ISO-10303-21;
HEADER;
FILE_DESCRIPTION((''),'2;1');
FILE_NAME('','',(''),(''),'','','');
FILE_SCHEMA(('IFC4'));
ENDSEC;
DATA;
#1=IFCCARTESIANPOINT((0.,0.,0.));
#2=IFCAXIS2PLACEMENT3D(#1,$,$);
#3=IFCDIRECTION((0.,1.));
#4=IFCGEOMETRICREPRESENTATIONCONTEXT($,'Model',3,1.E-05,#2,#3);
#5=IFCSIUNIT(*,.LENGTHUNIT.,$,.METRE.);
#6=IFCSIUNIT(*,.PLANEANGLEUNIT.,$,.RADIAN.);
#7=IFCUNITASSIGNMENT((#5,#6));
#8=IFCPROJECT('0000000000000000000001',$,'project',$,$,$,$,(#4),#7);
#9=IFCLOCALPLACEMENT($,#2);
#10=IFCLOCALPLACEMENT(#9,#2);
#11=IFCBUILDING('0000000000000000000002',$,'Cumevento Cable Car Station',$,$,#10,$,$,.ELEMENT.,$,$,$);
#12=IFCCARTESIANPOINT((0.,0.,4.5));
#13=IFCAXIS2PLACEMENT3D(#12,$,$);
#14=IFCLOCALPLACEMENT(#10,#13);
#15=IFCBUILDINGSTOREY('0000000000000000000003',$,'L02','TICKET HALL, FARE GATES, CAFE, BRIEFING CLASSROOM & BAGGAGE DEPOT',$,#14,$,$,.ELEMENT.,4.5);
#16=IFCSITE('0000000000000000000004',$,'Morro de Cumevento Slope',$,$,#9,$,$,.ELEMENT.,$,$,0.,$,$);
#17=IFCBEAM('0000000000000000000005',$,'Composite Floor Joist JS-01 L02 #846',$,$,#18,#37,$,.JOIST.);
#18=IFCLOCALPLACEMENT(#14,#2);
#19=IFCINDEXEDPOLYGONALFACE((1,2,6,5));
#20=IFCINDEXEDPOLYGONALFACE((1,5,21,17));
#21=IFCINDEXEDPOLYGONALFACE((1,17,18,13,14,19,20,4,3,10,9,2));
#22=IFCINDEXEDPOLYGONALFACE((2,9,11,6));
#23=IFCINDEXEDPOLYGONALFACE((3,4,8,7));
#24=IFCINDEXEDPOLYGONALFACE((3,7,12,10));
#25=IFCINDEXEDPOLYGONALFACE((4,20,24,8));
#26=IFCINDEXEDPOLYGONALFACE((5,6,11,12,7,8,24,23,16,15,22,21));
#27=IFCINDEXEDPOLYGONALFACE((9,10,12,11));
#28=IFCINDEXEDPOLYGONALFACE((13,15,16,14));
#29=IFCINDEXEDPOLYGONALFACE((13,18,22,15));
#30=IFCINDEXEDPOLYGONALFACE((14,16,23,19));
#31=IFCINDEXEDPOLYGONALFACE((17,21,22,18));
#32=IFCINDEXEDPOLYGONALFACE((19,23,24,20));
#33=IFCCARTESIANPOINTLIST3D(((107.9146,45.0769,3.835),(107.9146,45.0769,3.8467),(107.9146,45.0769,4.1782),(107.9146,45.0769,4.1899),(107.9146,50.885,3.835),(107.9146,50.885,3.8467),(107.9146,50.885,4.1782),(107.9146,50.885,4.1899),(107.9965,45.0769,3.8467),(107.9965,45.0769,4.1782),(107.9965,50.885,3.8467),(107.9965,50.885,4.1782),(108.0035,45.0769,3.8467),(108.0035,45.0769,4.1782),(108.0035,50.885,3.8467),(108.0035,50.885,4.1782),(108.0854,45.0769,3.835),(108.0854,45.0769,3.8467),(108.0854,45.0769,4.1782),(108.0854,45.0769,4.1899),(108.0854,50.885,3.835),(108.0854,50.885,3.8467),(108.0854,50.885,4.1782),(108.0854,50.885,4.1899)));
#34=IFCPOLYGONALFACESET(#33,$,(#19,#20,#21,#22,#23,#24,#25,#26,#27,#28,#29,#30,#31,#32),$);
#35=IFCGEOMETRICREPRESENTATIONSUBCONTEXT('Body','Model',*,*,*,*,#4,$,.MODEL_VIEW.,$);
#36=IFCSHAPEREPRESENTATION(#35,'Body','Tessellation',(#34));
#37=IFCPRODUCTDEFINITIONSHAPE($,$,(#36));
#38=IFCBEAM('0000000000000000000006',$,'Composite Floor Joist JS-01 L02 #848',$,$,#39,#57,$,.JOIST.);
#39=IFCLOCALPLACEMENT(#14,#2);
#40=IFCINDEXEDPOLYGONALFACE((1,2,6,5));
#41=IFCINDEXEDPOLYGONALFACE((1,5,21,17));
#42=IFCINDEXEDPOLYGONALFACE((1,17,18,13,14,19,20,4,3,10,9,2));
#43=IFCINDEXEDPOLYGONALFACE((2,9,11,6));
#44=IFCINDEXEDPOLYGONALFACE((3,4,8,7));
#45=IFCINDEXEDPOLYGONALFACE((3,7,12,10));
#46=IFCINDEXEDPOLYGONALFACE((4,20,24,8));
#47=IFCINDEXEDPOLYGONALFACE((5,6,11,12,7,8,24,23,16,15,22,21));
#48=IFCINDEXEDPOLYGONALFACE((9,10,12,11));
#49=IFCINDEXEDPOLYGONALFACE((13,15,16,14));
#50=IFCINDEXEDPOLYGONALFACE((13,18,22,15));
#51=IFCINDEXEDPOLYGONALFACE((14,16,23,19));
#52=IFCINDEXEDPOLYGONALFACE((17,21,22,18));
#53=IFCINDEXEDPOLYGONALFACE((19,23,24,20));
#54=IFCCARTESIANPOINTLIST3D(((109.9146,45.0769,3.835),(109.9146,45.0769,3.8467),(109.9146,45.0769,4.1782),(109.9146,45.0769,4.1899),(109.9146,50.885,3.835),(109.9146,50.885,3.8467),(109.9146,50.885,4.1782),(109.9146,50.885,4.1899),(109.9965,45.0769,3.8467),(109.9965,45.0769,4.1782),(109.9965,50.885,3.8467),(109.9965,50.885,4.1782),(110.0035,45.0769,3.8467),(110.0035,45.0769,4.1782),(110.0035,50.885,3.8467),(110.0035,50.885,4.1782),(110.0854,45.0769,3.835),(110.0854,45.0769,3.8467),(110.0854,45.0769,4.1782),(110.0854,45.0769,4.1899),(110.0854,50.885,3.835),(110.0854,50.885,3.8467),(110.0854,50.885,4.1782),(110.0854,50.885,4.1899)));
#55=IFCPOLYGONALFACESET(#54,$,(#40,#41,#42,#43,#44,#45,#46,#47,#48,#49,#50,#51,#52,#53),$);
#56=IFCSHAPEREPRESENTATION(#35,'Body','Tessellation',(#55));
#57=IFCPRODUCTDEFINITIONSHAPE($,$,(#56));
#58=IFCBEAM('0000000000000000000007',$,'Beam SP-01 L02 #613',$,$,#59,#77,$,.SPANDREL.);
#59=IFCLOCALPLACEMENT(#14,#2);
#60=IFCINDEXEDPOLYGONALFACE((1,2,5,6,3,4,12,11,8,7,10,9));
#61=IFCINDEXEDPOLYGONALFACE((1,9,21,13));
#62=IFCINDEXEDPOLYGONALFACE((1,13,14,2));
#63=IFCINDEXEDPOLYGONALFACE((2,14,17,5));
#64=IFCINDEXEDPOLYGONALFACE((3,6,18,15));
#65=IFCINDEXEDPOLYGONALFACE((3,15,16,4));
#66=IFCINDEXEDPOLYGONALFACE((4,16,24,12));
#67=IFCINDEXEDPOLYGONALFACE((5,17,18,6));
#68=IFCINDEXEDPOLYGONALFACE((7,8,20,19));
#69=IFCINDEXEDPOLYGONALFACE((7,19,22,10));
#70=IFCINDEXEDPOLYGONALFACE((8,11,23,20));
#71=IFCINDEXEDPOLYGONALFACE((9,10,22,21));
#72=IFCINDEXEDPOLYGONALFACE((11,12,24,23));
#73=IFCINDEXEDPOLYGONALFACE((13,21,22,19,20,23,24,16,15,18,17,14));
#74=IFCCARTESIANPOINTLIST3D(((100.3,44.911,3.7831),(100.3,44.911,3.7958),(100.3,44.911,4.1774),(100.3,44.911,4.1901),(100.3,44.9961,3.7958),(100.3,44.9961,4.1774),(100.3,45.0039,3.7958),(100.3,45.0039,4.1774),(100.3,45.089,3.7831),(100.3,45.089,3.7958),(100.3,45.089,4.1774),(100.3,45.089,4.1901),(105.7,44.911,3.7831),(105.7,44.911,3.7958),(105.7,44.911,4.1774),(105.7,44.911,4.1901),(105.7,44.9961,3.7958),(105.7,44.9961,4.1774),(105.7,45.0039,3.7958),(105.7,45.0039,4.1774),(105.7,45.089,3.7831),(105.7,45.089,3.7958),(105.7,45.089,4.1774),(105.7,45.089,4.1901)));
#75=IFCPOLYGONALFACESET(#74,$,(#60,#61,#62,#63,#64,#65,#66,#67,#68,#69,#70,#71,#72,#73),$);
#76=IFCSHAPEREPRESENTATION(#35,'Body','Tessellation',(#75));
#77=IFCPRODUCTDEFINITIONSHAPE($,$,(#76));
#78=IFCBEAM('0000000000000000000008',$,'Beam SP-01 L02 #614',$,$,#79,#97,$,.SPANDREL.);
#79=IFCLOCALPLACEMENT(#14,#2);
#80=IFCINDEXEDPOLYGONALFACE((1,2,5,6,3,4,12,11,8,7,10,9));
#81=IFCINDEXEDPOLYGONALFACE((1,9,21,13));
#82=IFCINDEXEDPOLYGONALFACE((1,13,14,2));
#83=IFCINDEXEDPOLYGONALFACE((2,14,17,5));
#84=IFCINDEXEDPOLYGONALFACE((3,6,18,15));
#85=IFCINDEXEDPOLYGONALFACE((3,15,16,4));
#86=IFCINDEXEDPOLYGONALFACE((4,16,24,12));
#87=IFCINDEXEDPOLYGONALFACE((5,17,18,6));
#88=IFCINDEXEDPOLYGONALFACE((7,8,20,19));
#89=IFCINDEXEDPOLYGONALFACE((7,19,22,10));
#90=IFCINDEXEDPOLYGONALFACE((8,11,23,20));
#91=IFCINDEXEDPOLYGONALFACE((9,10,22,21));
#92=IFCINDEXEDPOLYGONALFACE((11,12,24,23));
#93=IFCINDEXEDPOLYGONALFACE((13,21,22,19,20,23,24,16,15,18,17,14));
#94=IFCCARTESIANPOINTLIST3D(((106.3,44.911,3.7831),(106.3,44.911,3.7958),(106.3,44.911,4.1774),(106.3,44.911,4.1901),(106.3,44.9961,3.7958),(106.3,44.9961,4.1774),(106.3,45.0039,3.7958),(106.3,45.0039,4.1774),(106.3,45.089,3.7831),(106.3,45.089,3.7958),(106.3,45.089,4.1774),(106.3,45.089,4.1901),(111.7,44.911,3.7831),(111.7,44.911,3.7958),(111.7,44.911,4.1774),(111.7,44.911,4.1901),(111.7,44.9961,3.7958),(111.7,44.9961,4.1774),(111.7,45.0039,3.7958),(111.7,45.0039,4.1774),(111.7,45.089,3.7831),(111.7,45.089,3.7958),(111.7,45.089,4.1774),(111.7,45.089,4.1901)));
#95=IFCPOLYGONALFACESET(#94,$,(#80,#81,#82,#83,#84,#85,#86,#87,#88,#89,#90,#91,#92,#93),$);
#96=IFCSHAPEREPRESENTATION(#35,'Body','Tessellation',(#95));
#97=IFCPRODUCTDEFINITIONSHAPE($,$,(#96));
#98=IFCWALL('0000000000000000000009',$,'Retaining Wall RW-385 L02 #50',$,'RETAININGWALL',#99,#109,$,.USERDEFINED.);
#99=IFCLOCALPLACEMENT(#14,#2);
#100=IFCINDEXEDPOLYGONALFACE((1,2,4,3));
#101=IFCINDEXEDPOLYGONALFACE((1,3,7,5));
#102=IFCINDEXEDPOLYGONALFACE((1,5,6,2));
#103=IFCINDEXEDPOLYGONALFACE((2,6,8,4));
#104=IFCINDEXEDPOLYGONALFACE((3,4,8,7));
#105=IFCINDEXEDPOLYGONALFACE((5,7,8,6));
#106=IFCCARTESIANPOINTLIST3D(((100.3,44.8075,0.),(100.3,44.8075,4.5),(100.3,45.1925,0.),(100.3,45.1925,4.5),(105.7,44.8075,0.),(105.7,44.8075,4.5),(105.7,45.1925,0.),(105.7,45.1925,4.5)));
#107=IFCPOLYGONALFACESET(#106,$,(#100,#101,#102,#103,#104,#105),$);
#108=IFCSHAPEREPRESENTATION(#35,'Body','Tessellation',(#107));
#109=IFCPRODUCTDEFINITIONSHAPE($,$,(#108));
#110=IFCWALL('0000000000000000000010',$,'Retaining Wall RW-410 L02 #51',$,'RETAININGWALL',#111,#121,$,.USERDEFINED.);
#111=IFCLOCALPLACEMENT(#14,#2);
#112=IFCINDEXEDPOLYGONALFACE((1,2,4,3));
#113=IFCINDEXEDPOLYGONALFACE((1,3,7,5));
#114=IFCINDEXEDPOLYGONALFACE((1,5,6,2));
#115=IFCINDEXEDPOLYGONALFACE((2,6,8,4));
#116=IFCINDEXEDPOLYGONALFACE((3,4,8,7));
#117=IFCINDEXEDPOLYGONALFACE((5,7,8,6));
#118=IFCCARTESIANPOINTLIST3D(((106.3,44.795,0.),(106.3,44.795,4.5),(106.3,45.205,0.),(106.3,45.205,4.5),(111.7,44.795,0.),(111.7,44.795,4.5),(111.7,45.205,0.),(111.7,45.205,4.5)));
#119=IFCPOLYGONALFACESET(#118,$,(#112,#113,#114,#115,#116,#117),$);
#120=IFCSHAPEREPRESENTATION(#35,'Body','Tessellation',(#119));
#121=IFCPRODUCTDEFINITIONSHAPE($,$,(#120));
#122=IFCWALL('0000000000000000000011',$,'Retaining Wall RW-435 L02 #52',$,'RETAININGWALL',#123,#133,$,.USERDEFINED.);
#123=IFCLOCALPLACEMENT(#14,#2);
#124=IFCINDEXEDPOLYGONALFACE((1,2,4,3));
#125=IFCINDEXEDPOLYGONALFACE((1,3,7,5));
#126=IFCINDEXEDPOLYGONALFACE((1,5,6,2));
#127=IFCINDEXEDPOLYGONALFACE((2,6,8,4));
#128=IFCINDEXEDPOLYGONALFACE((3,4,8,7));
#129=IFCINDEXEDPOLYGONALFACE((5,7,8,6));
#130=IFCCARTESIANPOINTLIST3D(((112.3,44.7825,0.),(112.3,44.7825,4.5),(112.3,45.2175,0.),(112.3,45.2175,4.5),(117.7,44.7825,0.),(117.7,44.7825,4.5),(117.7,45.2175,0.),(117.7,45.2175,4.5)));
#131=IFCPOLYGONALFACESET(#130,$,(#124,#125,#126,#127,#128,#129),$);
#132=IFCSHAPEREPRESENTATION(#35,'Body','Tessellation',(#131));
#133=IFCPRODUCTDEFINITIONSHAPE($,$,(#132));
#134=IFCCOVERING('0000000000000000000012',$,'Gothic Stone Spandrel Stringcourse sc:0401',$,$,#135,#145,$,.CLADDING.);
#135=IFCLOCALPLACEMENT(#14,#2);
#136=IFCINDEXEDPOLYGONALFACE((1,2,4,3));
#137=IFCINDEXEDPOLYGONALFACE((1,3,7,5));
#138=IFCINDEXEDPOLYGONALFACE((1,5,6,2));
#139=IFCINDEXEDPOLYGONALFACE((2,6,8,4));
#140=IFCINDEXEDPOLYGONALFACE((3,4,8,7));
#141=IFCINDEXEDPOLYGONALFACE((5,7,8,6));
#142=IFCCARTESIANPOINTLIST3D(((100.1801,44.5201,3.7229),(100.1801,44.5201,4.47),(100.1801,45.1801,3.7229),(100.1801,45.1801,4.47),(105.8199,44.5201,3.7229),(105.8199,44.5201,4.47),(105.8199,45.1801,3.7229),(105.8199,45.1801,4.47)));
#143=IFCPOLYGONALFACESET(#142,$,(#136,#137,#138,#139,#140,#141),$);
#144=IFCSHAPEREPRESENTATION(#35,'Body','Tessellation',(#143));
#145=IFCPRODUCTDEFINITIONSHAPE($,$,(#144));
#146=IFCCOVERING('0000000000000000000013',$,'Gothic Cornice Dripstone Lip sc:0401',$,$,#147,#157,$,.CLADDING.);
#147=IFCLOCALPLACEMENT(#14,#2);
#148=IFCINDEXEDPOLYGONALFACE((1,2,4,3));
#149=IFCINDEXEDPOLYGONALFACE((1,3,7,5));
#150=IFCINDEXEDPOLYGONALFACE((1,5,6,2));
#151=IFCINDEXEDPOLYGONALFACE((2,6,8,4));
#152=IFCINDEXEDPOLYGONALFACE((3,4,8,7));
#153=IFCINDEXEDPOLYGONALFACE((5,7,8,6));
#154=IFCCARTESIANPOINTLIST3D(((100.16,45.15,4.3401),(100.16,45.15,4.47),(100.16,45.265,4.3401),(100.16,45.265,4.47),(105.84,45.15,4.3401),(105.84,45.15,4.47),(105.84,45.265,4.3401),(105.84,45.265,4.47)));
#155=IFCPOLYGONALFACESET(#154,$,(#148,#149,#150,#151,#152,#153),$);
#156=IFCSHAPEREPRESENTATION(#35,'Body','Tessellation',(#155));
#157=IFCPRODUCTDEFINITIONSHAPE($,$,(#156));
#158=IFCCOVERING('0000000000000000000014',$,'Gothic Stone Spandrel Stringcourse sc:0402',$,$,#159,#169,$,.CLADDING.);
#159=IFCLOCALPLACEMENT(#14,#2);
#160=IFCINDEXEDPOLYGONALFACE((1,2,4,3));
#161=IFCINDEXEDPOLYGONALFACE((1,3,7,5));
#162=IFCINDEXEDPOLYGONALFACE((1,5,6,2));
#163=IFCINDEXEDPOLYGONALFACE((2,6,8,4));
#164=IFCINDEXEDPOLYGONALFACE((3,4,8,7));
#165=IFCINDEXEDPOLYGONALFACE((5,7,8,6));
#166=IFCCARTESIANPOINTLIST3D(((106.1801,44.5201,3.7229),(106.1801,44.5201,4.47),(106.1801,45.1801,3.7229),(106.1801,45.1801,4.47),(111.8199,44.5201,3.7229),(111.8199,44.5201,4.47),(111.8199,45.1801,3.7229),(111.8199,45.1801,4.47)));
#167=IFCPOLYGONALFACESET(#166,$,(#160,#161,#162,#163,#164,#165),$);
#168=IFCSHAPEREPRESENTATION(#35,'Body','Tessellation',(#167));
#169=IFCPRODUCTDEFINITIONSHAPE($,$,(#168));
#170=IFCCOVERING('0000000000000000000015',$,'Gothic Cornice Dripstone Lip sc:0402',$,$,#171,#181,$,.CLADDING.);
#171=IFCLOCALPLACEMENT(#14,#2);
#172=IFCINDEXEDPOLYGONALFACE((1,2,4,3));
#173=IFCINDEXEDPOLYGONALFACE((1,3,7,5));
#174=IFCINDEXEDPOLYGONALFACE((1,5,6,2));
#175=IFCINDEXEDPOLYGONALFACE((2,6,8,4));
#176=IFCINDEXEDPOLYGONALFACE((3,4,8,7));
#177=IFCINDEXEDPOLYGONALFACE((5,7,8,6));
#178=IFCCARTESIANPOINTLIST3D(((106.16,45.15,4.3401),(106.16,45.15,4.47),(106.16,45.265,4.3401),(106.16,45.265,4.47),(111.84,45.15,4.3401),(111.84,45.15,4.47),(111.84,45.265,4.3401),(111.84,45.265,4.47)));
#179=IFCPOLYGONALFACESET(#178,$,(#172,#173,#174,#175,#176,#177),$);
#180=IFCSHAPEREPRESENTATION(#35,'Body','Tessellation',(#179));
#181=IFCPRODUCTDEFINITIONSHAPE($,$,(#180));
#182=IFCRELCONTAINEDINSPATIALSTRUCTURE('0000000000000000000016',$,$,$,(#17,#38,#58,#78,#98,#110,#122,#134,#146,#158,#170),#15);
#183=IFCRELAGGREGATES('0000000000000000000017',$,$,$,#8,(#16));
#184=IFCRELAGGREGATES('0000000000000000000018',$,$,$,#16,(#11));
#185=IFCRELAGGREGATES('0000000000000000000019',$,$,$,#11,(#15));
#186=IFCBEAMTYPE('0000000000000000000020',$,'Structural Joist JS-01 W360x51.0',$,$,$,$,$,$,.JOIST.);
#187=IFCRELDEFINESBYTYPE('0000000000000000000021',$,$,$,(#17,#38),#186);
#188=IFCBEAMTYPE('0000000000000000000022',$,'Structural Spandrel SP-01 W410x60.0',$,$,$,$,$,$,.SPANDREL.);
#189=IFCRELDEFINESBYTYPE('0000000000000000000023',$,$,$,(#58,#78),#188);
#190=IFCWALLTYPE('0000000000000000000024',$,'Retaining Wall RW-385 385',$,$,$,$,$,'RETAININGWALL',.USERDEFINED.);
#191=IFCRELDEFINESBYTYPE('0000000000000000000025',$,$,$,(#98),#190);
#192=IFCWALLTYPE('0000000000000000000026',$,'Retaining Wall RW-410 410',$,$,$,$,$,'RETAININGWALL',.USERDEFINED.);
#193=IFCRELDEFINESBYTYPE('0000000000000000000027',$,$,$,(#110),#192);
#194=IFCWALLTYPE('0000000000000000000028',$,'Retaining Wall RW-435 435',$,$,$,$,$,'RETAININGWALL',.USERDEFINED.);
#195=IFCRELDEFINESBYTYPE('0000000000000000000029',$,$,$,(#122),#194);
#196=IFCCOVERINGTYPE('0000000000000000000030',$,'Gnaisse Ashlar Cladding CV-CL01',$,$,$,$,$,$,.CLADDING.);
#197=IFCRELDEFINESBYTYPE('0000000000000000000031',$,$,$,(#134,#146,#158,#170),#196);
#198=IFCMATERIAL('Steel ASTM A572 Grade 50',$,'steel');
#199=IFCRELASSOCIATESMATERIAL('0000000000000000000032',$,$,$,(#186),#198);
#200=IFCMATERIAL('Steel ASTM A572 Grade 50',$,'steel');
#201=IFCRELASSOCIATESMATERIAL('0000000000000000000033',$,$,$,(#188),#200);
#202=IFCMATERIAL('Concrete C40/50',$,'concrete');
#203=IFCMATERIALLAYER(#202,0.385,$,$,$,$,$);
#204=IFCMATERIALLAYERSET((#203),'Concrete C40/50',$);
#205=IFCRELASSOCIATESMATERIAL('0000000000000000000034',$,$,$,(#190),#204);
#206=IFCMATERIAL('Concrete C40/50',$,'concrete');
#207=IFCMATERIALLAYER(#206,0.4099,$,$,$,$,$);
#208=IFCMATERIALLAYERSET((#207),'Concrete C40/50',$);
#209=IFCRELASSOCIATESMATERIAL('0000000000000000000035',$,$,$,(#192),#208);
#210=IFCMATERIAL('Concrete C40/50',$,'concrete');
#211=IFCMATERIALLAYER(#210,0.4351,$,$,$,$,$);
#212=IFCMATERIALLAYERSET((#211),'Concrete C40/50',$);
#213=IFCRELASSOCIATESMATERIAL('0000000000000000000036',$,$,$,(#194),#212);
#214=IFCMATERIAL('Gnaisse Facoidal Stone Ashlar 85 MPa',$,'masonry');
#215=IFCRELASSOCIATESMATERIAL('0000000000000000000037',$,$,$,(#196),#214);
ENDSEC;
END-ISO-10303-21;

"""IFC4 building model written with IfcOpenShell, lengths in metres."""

from ifc_helpers import new_model, si_unit, direction, frame, frame_2d, origin, origin_2d, place, context, subcontext, project, spatial, rectangle, i_section, extrude, material, layer, layer_set, material_profile, profile_set, type_object, element, save


model = new_model("IFC4")

# Units and contexts
model_context = context("Model", 3, precision=1e-05, world=origin(), true_north=direction((0.0, 1.0)))
body_context = subcontext(model_context, "Body", "Model", "MODEL_VIEW")
ifc_project = project(units=[si_unit("LENGTHUNIT", "METRE"), si_unit("PLANEANGLEUNIT", "RADIAN")], contexts=[model_context])

# Site, building, storey
site_placement = place(None, origin())
site = spatial("IfcSite", under=ifc_project, at=site_placement, Name="Morro de Cumevento Slope", CompositionType="ELEMENT", RefElevation=0.0)
building_placement = place(site_placement, origin())
building = spatial("IfcBuilding", under=site, at=building_placement, Name="Cumevento Cable Car Station", CompositionType="ELEMENT")
storey_placement = place(building_placement, frame((0.0, 0.0, 4.5)))
storey = spatial("IfcBuildingStorey", under=building, at=storey_placement, Name="L02", Description="TICKET HALL, FARE GATES, CAFE, BRIEFING CLASSROOM & BAGGAGE DEPOT", CompositionType="ELEMENT", Elevation=4.5)

# Beams
ifc_material_1 = material(Name="Steel ASTM A572 Grade 50", Category="steel")
ifc_material_profile_1 = material_profile(ifc_material_1, i_section(OverallWidth=0.1709, OverallDepth=0.355, WebThickness=0.0071, FlangeThickness=0.0117, at=origin_2d()), Name="W360x51.0")
ifc_profile_set_1 = profile_set([ifc_material_profile_1], Name="Steel ASTM A572 Grade 50")
beam_type_1 = type_object("IfcBeamType", Name="Structural Joist JS-01 W360x51.0", PredefinedType="JOIST", material=ifc_profile_set_1)
for number, where, z_axis, x_axis, name in (
    (1, (108.0, 45.0769, 4.0125), (0.0, 1.0, 0.0), (-1.0, 0.0, 0.0), "Composite Floor Joist JS-01 L02 #846"),
    (2, (110.0, 45.0769, 4.0125), (0.0, 1.0, 0.0), (-1.0, 0.0, 0.0), "Composite Floor Joist JS-01 L02 #848"),
):
    element("IfcBeam", number, at=place(storey_placement, frame(where, z_axis=z_axis, x_axis=x_axis)), inside=storey, type_object=beam_type_1, Name=name, PredefinedType="JOIST", context=body_context, shape_type="SweptSolid", body=[
        extrude(i_section(OverallWidth=0.1709, OverallDepth=0.355, WebThickness=0.0071, FlangeThickness=0.0117, at=origin_2d()), origin(), (0.0, 0.0, 1.0), 5.8081),
    ])
ifc_material_2 = material(Name="Steel ASTM A572 Grade 50", Category="steel")
ifc_material_profile_2 = material_profile(ifc_material_2, i_section(OverallWidth=0.178, OverallDepth=0.407, WebThickness=0.0078, FlangeThickness=0.0127, at=origin_2d()), Name="W410x60.0")
ifc_profile_set_2 = profile_set([ifc_material_profile_2], Name="Steel ASTM A572 Grade 50")
beam_type_2 = type_object("IfcBeamType", Name="Structural Spandrel SP-01 W410x60.0", PredefinedType="SPANDREL", material=ifc_profile_set_2)
for number, where, z_axis, x_axis, name in (
    (3, (100.3, 45.0, 3.9866), (1.0, 0.0, 0.0), (0.0, 1.0, 0.0), "Beam SP-01 L02 #613"),
    (4, (106.3, 45.0, 3.9866), (1.0, 0.0, 0.0), (0.0, 1.0, 0.0), "Beam SP-01 L02 #614"),
):
    element("IfcBeam", number, at=place(storey_placement, frame(where, z_axis=z_axis, x_axis=x_axis)), inside=storey, type_object=beam_type_2, Name=name, PredefinedType="SPANDREL", context=body_context, shape_type="SweptSolid", body=[
        extrude(i_section(OverallWidth=0.178, OverallDepth=0.407, WebThickness=0.0078, FlangeThickness=0.0127, at=origin_2d()), origin(), (0.0, 0.0, 1.0), 5.3999),
    ])

# Walls
ifc_material_3 = material(Name="Concrete C40/50", Category="concrete")
ifc_layer_1 = layer(ifc_material_3, 0.385)
ifc_layer_set_1 = layer_set([ifc_layer_1], Name="Concrete C40/50")
wall_type_1 = type_object("IfcWallType", Name="Retaining Wall RW-385 385", ElementType="RETAININGWALL", PredefinedType="USERDEFINED", material=ifc_layer_set_1)
wall_1_placement = place(storey_placement, frame((100.3, 45.0, 0.0), z_axis=(0.0, 0.0, 1.0), x_axis=(1.0, 0.0, 0.0)))
element("IfcWall", 5, at=wall_1_placement, inside=storey, type_object=wall_type_1, Name="Retaining Wall RW-385 L02 #50", ObjectType="RETAININGWALL", PredefinedType="USERDEFINED", context=body_context, shape_type="SweptSolid", body=[
    extrude(rectangle(XDim=5.3999, YDim=0.385, at=frame_2d((2.7, 0.0))), origin(), (0.0, 0.0, 1.0), 4.5),
])
ifc_material_4 = material(Name="Concrete C40/50", Category="concrete")
ifc_layer_2 = layer(ifc_material_4, 0.4099)
ifc_layer_set_2 = layer_set([ifc_layer_2], Name="Concrete C40/50")
wall_type_2 = type_object("IfcWallType", Name="Retaining Wall RW-410 410", ElementType="RETAININGWALL", PredefinedType="USERDEFINED", material=ifc_layer_set_2)
wall_2_placement = place(storey_placement, frame((106.3, 45.0, 0.0), z_axis=(0.0, 0.0, 1.0), x_axis=(1.0, 0.0, 0.0)))
element("IfcWall", 6, at=wall_2_placement, inside=storey, type_object=wall_type_2, Name="Retaining Wall RW-410 L02 #51", ObjectType="RETAININGWALL", PredefinedType="USERDEFINED", context=body_context, shape_type="SweptSolid", body=[
    extrude(rectangle(XDim=5.3999, YDim=0.4099, at=frame_2d((2.7, 0.0))), origin(), (0.0, 0.0, 1.0), 4.5),
])
ifc_material_5 = material(Name="Concrete C40/50", Category="concrete")
ifc_layer_3 = layer(ifc_material_5, 0.4351)
ifc_layer_set_3 = layer_set([ifc_layer_3], Name="Concrete C40/50")
wall_type_3 = type_object("IfcWallType", Name="Retaining Wall RW-435 435", ElementType="RETAININGWALL", PredefinedType="USERDEFINED", material=ifc_layer_set_3)
wall_3_placement = place(storey_placement, frame((112.3, 45.0, 0.0), z_axis=(0.0, 0.0, 1.0), x_axis=(1.0, 0.0, 0.0)))
element("IfcWall", 7, at=wall_3_placement, inside=storey, type_object=wall_type_3, Name="Retaining Wall RW-435 L02 #52", ObjectType="RETAININGWALL", PredefinedType="USERDEFINED", context=body_context, shape_type="SweptSolid", body=[
    extrude(rectangle(XDim=5.3999, YDim=0.4351, at=frame_2d((2.7, 0.0))), origin(), (0.0, 0.0, 1.0), 4.5),
])

# Coverings
ifc_material_6 = material(Name="Gnaisse Facoidal Stone Ashlar 85 MPa", Category="masonry")
covering_type = type_object("IfcCoveringType", Name="Gnaisse Ashlar Cladding CV-CL01", PredefinedType="CLADDING", material=ifc_material_6)
covering_1_placement = place(storey_placement, frame((103.0, 44.8501, 3.7229), z_axis=(0.0, 0.0, 1.0), x_axis=(1.0, 0.0, 0.0)))
element("IfcCovering", 8, at=covering_1_placement, inside=storey, type_object=covering_type, Name="Gothic Stone Spandrel Stringcourse sc:0401", PredefinedType="CLADDING", context=body_context, shape_type="SweptSolid", body=[
    extrude(rectangle(XDim=5.6399, YDim=0.6599, at=origin_2d()), origin(), (0.0, 0.0, 1.0), 0.7471),
])
covering_2_placement = place(storey_placement, frame((103.0, 45.2075, 4.3401), z_axis=(0.0, 0.0, 1.0), x_axis=(1.0, 0.0, 0.0)))
element("IfcCovering", 9, at=covering_2_placement, inside=storey, type_object=covering_type, Name="Gothic Cornice Dripstone Lip sc:0401", PredefinedType="CLADDING", context=body_context, shape_type="SweptSolid", body=[
    extrude(rectangle(XDim=5.6799, YDim=0.115, at=origin_2d()), origin(), (0.0, 0.0, 1.0), 0.1299),
])
covering_3_placement = place(storey_placement, frame((109.0, 44.8501, 3.7229), z_axis=(0.0, 0.0, 1.0), x_axis=(1.0, 0.0, 0.0)))
element("IfcCovering", 10, at=covering_3_placement, inside=storey, type_object=covering_type, Name="Gothic Stone Spandrel Stringcourse sc:0402", PredefinedType="CLADDING", context=body_context, shape_type="SweptSolid", body=[
    extrude(rectangle(XDim=5.6399, YDim=0.6599, at=origin_2d()), origin(), (0.0, 0.0, 1.0), 0.7471),
])
covering_4_placement = place(storey_placement, frame((109.0, 45.2075, 4.3401), z_axis=(0.0, 0.0, 1.0), x_axis=(1.0, 0.0, 0.0)))
element("IfcCovering", 11, at=covering_4_placement, inside=storey, type_object=covering_type, Name="Gothic Cornice Dripstone Lip sc:0402", PredefinedType="CLADDING", context=body_context, shape_type="SweptSolid", body=[
    extrude(rectangle(XDim=5.6799, YDim=0.115, at=origin_2d()), origin(), (0.0, 0.0, 1.0), 0.1299),
])

save(model, "model.ifc")
